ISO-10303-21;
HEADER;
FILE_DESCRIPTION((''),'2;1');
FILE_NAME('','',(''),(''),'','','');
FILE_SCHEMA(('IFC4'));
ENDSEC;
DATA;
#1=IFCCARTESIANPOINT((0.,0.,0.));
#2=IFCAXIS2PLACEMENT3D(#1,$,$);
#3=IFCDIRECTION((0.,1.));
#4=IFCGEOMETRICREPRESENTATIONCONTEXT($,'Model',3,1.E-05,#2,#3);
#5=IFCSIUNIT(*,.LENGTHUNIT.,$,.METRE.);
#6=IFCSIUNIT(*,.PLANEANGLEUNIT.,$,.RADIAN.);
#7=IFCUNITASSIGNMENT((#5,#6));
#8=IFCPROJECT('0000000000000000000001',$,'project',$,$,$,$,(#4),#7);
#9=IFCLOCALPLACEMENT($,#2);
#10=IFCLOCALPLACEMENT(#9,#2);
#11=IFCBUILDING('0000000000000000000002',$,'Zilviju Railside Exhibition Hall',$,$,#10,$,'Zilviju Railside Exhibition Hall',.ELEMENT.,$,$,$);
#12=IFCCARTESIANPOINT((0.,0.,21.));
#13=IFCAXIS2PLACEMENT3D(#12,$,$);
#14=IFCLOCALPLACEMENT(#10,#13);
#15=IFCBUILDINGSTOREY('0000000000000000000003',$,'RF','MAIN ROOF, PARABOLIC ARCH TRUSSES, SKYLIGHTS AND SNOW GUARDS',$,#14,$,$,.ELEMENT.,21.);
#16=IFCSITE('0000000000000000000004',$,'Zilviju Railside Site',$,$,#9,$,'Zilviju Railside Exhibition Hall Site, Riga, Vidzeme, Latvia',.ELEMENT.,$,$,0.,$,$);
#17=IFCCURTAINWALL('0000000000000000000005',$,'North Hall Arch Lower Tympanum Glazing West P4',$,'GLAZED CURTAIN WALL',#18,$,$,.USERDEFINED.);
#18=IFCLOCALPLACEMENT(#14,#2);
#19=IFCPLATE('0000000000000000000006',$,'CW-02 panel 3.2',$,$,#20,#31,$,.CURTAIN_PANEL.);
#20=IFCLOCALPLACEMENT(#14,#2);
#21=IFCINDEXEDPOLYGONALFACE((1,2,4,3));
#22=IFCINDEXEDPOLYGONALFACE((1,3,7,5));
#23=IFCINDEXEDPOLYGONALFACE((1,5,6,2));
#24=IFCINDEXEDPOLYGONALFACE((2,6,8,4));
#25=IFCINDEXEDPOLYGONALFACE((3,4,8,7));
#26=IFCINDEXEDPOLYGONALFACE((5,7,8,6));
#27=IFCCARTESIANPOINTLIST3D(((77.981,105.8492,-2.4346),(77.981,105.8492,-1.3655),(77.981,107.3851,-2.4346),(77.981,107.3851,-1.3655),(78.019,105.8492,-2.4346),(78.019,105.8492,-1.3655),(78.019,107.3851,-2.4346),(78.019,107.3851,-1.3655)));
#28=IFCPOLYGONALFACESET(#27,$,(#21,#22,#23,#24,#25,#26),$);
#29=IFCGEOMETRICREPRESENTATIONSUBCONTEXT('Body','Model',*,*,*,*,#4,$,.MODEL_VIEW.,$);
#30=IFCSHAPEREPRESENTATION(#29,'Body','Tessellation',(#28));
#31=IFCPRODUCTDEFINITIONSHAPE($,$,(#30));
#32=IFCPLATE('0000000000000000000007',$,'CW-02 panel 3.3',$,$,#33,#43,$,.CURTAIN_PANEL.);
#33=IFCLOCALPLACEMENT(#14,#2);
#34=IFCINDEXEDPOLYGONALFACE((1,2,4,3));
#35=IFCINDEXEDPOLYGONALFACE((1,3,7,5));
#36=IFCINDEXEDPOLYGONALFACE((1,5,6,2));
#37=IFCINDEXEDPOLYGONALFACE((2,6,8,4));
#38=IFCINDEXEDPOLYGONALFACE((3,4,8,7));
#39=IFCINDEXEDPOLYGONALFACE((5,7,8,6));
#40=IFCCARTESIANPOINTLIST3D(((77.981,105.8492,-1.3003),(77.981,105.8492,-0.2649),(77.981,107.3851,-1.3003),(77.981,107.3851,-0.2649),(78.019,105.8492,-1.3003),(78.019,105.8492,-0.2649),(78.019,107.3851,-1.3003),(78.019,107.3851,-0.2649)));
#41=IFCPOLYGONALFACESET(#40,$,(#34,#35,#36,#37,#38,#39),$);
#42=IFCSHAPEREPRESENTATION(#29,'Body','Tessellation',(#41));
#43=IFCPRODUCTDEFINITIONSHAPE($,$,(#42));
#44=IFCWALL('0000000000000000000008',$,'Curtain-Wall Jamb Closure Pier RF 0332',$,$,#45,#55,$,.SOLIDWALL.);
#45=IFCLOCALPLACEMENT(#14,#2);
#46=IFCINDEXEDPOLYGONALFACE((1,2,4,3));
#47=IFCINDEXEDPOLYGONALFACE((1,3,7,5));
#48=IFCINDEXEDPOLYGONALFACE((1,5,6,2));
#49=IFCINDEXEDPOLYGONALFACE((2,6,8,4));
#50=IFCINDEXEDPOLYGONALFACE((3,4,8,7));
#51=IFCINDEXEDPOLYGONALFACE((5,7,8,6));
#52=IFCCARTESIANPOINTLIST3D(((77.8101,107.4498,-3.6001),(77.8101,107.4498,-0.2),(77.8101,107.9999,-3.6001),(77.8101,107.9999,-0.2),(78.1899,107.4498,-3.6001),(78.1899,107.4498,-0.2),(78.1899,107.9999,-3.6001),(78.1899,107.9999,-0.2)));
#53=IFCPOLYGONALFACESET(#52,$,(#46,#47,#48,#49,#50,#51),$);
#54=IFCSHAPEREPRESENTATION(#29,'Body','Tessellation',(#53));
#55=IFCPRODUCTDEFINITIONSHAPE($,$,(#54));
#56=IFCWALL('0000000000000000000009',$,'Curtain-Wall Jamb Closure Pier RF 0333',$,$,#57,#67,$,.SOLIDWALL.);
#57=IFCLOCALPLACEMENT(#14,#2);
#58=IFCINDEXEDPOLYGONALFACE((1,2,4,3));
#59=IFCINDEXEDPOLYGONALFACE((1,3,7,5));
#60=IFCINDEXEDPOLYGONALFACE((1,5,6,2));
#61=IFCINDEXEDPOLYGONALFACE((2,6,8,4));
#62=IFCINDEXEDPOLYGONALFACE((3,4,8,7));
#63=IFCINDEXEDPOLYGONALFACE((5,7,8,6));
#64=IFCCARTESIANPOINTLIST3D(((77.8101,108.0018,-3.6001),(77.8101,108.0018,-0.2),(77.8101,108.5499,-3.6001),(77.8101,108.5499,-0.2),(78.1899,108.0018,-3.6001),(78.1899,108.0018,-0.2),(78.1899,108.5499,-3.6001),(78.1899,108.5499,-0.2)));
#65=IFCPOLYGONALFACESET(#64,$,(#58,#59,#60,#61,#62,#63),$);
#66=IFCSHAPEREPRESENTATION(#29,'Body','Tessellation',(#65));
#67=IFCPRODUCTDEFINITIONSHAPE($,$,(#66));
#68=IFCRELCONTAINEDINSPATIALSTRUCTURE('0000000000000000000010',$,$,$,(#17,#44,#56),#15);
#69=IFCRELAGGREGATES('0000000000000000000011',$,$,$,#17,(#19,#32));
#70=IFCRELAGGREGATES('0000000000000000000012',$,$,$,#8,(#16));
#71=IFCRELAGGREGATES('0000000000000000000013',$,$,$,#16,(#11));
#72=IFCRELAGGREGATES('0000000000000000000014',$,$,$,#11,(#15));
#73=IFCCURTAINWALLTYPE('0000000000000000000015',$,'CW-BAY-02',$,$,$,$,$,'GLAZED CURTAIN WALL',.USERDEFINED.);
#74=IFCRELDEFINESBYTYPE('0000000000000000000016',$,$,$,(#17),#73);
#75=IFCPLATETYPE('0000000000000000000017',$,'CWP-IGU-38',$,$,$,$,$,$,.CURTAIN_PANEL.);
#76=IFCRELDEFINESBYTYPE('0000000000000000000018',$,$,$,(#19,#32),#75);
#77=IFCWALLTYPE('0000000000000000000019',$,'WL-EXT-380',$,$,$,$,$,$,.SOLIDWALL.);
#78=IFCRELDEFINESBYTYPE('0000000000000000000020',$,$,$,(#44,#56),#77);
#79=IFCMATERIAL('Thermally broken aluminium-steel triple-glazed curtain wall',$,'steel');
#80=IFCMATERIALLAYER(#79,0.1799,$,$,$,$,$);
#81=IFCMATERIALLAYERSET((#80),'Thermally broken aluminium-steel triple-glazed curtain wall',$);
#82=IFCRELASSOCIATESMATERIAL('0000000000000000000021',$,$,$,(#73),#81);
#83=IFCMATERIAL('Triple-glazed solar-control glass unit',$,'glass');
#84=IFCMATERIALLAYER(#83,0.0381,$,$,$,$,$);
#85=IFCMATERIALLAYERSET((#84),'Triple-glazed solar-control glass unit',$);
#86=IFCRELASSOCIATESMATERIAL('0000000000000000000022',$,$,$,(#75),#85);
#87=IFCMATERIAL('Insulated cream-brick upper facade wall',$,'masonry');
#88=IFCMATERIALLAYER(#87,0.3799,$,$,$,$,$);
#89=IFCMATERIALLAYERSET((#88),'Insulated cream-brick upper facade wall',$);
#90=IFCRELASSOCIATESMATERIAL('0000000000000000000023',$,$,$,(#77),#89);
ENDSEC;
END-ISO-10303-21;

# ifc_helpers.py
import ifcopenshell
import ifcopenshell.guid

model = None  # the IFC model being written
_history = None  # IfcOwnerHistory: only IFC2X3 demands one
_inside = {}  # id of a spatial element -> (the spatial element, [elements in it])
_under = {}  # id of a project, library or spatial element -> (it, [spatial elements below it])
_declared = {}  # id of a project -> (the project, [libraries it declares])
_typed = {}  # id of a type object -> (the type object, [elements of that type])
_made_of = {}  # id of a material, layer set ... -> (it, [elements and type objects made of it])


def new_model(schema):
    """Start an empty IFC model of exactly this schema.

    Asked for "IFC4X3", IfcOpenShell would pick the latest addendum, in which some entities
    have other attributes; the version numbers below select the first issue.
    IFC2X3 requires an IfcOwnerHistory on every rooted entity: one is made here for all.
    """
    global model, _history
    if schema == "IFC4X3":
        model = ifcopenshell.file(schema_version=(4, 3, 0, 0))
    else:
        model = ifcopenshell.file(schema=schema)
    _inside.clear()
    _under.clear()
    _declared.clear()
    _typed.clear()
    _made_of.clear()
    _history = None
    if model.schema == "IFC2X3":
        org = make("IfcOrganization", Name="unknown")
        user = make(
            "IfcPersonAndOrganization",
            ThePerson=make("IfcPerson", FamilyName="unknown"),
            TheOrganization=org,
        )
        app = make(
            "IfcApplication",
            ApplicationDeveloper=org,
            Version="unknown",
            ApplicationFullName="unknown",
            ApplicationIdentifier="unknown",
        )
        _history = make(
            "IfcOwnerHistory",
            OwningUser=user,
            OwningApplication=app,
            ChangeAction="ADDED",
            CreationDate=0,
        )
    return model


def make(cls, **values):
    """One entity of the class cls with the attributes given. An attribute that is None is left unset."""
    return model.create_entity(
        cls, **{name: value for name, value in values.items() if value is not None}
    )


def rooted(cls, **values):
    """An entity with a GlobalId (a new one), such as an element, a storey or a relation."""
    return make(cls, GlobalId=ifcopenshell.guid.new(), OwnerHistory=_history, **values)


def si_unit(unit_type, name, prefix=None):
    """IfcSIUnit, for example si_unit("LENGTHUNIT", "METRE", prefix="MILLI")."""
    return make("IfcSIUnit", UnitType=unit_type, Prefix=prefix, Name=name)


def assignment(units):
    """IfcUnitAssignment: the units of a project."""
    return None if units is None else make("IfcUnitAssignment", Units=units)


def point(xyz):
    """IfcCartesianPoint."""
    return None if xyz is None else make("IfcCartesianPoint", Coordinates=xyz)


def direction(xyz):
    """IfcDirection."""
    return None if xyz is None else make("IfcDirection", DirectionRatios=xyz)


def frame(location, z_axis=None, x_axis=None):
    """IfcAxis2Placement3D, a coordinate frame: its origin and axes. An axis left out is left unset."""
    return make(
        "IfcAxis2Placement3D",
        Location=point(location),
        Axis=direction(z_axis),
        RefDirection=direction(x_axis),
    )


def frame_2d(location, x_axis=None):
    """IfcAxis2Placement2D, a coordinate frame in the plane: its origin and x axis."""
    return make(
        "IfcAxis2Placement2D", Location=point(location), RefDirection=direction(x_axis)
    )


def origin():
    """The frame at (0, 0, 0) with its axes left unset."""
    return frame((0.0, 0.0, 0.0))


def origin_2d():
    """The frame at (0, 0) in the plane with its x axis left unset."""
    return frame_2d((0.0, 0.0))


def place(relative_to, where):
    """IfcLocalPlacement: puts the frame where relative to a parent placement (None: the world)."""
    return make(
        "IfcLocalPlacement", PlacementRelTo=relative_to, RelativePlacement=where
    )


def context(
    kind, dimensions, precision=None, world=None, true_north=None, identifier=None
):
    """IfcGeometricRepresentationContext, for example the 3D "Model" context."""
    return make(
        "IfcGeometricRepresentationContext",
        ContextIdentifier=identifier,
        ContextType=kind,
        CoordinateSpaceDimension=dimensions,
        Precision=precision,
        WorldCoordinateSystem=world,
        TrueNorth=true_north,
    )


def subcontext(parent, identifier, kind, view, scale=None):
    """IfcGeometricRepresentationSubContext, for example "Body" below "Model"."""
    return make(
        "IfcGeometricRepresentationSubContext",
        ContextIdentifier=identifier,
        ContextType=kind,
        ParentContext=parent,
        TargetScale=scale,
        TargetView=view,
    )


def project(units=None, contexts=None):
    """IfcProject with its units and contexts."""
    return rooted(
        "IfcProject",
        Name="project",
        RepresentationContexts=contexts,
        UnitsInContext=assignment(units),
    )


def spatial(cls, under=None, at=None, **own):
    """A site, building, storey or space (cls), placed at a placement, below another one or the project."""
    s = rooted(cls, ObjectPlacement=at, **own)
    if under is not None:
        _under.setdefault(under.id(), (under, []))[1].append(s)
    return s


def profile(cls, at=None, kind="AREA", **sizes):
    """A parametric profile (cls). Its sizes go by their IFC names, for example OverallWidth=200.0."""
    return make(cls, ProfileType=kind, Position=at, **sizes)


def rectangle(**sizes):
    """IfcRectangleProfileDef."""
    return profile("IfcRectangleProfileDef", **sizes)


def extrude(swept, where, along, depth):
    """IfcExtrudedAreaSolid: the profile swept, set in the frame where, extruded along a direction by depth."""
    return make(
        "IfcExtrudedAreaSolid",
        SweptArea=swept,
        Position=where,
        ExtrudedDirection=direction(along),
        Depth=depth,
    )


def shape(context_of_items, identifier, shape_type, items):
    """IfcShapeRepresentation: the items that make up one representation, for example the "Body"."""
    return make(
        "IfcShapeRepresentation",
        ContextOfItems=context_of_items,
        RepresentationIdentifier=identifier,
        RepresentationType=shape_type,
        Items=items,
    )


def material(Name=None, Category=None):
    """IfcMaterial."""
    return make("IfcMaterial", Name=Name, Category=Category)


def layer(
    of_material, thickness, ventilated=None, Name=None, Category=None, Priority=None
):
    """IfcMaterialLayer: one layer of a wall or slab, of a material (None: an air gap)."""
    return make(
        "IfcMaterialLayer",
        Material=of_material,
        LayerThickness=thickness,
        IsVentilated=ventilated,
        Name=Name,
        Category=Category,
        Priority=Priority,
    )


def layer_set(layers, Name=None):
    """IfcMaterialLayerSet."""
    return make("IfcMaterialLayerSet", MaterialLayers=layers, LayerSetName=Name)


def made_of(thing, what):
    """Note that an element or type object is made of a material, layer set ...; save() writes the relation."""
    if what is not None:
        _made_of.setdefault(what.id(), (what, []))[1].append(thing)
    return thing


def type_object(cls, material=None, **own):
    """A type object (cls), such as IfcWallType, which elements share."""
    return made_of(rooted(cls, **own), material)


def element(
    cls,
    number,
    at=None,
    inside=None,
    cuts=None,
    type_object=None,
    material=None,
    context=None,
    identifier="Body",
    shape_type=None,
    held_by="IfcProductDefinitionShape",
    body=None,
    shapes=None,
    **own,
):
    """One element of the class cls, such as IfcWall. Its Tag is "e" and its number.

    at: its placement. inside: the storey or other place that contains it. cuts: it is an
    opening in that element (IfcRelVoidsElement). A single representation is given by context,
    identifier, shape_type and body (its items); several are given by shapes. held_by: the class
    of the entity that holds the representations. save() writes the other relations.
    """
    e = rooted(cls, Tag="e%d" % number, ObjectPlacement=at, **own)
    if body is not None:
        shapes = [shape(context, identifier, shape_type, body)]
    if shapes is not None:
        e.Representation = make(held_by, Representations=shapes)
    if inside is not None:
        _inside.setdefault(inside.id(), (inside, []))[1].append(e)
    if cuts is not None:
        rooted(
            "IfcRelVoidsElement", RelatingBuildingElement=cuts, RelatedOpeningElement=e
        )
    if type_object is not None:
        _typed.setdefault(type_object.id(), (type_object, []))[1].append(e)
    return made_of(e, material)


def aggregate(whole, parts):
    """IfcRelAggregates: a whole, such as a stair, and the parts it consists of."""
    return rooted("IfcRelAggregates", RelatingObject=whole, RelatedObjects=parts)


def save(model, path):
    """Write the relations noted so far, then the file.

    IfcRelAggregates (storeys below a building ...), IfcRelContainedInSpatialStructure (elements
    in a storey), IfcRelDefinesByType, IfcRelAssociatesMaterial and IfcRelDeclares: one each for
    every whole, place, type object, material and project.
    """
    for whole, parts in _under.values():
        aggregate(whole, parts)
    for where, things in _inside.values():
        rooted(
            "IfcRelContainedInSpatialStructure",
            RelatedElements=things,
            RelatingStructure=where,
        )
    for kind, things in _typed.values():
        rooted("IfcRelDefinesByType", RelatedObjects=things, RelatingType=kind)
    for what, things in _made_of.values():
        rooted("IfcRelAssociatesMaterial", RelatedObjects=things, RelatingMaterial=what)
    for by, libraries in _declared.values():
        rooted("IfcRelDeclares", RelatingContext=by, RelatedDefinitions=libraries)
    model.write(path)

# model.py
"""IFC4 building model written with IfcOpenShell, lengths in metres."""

from ifc_helpers import new_model, si_unit, direction, frame, frame_2d, origin, origin_2d, place, context, subcontext, project, spatial, rectangle, extrude, material, layer, layer_set, type_object, element, aggregate, save


model = new_model("IFC4")

# Units and contexts
model_context = context("Model", 3, precision=1e-05, world=origin(), true_north=direction((0.0, 1.0)))
body_context = subcontext(model_context, "Body", "Model", "MODEL_VIEW")
ifc_project = project(units=[si_unit("LENGTHUNIT", "METRE"), si_unit("PLANEANGLEUNIT", "RADIAN")], contexts=[model_context])

# Site, building, storey
site_placement = place(None, origin())
site = spatial("IfcSite", under=ifc_project, at=site_placement, Name="Zilviju Railside Site", LongName="Zilviju Railside Exhibition Hall Site, Riga, Vidzeme, Latvia", CompositionType="ELEMENT", RefElevation=0.0)
building_placement = place(site_placement, origin())
building = spatial("IfcBuilding", under=site, at=building_placement, Name="Zilviju Railside Exhibition Hall", LongName="Zilviju Railside Exhibition Hall", CompositionType="ELEMENT")
storey_placement = place(building_placement, frame((0.0, 0.0, 21.0)))
storey = spatial("IfcBuildingStorey", under=building, at=storey_placement, Name="RF", Description="MAIN ROOF, PARABOLIC ARCH TRUSSES, SKYLIGHTS AND SNOW GUARDS", CompositionType="ELEMENT", Elevation=21.0)

# Shared definitions
ifc_material_1 = material(Name="Thermally broken aluminium-steel triple-glazed curtain wall", Category="steel")

# Curtain wall
ifc_layer_1 = layer(ifc_material_1, 0.1799)
ifc_layer_set_1 = layer_set([ifc_layer_1], Name="Thermally broken aluminium-steel triple-glazed curtain wall")
curtain_wall_type_1 = type_object("IfcCurtainWallType", Name="CW-BAY-02", ElementType="GLAZED CURTAIN WALL", PredefinedType="USERDEFINED", material=ifc_layer_set_1)
curtain_wall_1_placement = place(storey_placement, origin())
curtain_wall_1 = element("IfcCurtainWall", 1, at=curtain_wall_1_placement, inside=storey, type_object=curtain_wall_type_1, Name="North Hall Arch Lower Tympanum Glazing West P4", ObjectType="GLAZED CURTAIN WALL", PredefinedType="USERDEFINED")

# Plates
ifc_material_2 = material(Name="Triple-glazed solar-control glass unit", Category="glass")
ifc_layer_2 = layer(ifc_material_2, 0.0381)
ifc_layer_set_2 = layer_set([ifc_layer_2], Name="Triple-glazed solar-control glass unit")
plate_type_1 = type_object("IfcPlateType", Name="CWP-IGU-38", PredefinedType="CURTAIN_PANEL", material=ifc_layer_set_2)
plate_1_placement = place(storey_placement, frame((78.0, 106.6172, -2.4346), z_axis=(0.0, 0.0, 1.0), x_axis=(0.0, 1.0, 0.0)))
plate_1 = element("IfcPlate", 2, at=plate_1_placement, type_object=plate_type_1, Name="CW-02 panel 3.2", PredefinedType="CURTAIN_PANEL", context=body_context, shape_type="SweptSolid", body=[
    extrude(rectangle(XDim=1.5359, YDim=0.0381, at=origin_2d()), origin(), (0.0, 0.0, 1.0), 1.0691),
])
plate_2_placement = place(storey_placement, frame((78.0, 106.6172, -1.3003), z_axis=(0.0, 0.0, 1.0), x_axis=(0.0, 1.0, 0.0)))
plate_2 = element("IfcPlate", 3, at=plate_2_placement, type_object=plate_type_1, Name="CW-02 panel 3.3", PredefinedType="CURTAIN_PANEL", context=body_context, shape_type="SweptSolid", body=[
    extrude(rectangle(XDim=1.5359, YDim=0.0381, at=origin_2d()), origin(), (0.0, 0.0, 1.0), 1.0354),
])
aggregate(curtain_wall_1, [plate_1, plate_2])

# Walls
ifc_material_3 = material(Name="Insulated cream-brick upper facade wall", Category="masonry")
ifc_layer_3 = layer(ifc_material_3, 0.3799)
ifc_layer_set_3 = layer_set([ifc_layer_3], Name="Insulated cream-brick upper facade wall")
wall_type = type_object("IfcWallType", Name="WL-EXT-380", PredefinedType="SOLIDWALL", material=ifc_layer_set_3)
wall_1_placement = place(storey_placement, frame((78.0, 107.45, -3.6001), z_axis=(0.0, 0.0, 1.0), x_axis=(0.0, 1.0, 0.0)))
element("IfcWall", 4, at=wall_1_placement, inside=storey, type_object=wall_type, Name="Curtain-Wall Jamb Closure Pier RF 0332", PredefinedType="SOLIDWALL", context=body_context, shape_type="SweptSolid", body=[
    extrude(rectangle(XDim=0.55, YDim=0.3799, at=frame_2d((0.2749, 0.0))), origin(), (0.0, 0.0, 1.0), 3.4001),
])
wall_2_placement = place(storey_placement, frame((78.0, 108.002, -3.6001), z_axis=(0.0, 0.0, 1.0), x_axis=(0.0, 1.0, 0.0)))
element("IfcWall", 5, at=wall_2_placement, inside=storey, type_object=wall_type, Name="Curtain-Wall Jamb Closure Pier RF 0333", PredefinedType="SOLIDWALL", context=body_context, shape_type="SweptSolid", body=[
    extrude(rectangle(XDim=0.5481, YDim=0.3799, at=frame_2d((0.2739, 0.0))), origin(), (0.0, 0.0, 1.0), 3.4001),
])

save(model, "model.ifc")
